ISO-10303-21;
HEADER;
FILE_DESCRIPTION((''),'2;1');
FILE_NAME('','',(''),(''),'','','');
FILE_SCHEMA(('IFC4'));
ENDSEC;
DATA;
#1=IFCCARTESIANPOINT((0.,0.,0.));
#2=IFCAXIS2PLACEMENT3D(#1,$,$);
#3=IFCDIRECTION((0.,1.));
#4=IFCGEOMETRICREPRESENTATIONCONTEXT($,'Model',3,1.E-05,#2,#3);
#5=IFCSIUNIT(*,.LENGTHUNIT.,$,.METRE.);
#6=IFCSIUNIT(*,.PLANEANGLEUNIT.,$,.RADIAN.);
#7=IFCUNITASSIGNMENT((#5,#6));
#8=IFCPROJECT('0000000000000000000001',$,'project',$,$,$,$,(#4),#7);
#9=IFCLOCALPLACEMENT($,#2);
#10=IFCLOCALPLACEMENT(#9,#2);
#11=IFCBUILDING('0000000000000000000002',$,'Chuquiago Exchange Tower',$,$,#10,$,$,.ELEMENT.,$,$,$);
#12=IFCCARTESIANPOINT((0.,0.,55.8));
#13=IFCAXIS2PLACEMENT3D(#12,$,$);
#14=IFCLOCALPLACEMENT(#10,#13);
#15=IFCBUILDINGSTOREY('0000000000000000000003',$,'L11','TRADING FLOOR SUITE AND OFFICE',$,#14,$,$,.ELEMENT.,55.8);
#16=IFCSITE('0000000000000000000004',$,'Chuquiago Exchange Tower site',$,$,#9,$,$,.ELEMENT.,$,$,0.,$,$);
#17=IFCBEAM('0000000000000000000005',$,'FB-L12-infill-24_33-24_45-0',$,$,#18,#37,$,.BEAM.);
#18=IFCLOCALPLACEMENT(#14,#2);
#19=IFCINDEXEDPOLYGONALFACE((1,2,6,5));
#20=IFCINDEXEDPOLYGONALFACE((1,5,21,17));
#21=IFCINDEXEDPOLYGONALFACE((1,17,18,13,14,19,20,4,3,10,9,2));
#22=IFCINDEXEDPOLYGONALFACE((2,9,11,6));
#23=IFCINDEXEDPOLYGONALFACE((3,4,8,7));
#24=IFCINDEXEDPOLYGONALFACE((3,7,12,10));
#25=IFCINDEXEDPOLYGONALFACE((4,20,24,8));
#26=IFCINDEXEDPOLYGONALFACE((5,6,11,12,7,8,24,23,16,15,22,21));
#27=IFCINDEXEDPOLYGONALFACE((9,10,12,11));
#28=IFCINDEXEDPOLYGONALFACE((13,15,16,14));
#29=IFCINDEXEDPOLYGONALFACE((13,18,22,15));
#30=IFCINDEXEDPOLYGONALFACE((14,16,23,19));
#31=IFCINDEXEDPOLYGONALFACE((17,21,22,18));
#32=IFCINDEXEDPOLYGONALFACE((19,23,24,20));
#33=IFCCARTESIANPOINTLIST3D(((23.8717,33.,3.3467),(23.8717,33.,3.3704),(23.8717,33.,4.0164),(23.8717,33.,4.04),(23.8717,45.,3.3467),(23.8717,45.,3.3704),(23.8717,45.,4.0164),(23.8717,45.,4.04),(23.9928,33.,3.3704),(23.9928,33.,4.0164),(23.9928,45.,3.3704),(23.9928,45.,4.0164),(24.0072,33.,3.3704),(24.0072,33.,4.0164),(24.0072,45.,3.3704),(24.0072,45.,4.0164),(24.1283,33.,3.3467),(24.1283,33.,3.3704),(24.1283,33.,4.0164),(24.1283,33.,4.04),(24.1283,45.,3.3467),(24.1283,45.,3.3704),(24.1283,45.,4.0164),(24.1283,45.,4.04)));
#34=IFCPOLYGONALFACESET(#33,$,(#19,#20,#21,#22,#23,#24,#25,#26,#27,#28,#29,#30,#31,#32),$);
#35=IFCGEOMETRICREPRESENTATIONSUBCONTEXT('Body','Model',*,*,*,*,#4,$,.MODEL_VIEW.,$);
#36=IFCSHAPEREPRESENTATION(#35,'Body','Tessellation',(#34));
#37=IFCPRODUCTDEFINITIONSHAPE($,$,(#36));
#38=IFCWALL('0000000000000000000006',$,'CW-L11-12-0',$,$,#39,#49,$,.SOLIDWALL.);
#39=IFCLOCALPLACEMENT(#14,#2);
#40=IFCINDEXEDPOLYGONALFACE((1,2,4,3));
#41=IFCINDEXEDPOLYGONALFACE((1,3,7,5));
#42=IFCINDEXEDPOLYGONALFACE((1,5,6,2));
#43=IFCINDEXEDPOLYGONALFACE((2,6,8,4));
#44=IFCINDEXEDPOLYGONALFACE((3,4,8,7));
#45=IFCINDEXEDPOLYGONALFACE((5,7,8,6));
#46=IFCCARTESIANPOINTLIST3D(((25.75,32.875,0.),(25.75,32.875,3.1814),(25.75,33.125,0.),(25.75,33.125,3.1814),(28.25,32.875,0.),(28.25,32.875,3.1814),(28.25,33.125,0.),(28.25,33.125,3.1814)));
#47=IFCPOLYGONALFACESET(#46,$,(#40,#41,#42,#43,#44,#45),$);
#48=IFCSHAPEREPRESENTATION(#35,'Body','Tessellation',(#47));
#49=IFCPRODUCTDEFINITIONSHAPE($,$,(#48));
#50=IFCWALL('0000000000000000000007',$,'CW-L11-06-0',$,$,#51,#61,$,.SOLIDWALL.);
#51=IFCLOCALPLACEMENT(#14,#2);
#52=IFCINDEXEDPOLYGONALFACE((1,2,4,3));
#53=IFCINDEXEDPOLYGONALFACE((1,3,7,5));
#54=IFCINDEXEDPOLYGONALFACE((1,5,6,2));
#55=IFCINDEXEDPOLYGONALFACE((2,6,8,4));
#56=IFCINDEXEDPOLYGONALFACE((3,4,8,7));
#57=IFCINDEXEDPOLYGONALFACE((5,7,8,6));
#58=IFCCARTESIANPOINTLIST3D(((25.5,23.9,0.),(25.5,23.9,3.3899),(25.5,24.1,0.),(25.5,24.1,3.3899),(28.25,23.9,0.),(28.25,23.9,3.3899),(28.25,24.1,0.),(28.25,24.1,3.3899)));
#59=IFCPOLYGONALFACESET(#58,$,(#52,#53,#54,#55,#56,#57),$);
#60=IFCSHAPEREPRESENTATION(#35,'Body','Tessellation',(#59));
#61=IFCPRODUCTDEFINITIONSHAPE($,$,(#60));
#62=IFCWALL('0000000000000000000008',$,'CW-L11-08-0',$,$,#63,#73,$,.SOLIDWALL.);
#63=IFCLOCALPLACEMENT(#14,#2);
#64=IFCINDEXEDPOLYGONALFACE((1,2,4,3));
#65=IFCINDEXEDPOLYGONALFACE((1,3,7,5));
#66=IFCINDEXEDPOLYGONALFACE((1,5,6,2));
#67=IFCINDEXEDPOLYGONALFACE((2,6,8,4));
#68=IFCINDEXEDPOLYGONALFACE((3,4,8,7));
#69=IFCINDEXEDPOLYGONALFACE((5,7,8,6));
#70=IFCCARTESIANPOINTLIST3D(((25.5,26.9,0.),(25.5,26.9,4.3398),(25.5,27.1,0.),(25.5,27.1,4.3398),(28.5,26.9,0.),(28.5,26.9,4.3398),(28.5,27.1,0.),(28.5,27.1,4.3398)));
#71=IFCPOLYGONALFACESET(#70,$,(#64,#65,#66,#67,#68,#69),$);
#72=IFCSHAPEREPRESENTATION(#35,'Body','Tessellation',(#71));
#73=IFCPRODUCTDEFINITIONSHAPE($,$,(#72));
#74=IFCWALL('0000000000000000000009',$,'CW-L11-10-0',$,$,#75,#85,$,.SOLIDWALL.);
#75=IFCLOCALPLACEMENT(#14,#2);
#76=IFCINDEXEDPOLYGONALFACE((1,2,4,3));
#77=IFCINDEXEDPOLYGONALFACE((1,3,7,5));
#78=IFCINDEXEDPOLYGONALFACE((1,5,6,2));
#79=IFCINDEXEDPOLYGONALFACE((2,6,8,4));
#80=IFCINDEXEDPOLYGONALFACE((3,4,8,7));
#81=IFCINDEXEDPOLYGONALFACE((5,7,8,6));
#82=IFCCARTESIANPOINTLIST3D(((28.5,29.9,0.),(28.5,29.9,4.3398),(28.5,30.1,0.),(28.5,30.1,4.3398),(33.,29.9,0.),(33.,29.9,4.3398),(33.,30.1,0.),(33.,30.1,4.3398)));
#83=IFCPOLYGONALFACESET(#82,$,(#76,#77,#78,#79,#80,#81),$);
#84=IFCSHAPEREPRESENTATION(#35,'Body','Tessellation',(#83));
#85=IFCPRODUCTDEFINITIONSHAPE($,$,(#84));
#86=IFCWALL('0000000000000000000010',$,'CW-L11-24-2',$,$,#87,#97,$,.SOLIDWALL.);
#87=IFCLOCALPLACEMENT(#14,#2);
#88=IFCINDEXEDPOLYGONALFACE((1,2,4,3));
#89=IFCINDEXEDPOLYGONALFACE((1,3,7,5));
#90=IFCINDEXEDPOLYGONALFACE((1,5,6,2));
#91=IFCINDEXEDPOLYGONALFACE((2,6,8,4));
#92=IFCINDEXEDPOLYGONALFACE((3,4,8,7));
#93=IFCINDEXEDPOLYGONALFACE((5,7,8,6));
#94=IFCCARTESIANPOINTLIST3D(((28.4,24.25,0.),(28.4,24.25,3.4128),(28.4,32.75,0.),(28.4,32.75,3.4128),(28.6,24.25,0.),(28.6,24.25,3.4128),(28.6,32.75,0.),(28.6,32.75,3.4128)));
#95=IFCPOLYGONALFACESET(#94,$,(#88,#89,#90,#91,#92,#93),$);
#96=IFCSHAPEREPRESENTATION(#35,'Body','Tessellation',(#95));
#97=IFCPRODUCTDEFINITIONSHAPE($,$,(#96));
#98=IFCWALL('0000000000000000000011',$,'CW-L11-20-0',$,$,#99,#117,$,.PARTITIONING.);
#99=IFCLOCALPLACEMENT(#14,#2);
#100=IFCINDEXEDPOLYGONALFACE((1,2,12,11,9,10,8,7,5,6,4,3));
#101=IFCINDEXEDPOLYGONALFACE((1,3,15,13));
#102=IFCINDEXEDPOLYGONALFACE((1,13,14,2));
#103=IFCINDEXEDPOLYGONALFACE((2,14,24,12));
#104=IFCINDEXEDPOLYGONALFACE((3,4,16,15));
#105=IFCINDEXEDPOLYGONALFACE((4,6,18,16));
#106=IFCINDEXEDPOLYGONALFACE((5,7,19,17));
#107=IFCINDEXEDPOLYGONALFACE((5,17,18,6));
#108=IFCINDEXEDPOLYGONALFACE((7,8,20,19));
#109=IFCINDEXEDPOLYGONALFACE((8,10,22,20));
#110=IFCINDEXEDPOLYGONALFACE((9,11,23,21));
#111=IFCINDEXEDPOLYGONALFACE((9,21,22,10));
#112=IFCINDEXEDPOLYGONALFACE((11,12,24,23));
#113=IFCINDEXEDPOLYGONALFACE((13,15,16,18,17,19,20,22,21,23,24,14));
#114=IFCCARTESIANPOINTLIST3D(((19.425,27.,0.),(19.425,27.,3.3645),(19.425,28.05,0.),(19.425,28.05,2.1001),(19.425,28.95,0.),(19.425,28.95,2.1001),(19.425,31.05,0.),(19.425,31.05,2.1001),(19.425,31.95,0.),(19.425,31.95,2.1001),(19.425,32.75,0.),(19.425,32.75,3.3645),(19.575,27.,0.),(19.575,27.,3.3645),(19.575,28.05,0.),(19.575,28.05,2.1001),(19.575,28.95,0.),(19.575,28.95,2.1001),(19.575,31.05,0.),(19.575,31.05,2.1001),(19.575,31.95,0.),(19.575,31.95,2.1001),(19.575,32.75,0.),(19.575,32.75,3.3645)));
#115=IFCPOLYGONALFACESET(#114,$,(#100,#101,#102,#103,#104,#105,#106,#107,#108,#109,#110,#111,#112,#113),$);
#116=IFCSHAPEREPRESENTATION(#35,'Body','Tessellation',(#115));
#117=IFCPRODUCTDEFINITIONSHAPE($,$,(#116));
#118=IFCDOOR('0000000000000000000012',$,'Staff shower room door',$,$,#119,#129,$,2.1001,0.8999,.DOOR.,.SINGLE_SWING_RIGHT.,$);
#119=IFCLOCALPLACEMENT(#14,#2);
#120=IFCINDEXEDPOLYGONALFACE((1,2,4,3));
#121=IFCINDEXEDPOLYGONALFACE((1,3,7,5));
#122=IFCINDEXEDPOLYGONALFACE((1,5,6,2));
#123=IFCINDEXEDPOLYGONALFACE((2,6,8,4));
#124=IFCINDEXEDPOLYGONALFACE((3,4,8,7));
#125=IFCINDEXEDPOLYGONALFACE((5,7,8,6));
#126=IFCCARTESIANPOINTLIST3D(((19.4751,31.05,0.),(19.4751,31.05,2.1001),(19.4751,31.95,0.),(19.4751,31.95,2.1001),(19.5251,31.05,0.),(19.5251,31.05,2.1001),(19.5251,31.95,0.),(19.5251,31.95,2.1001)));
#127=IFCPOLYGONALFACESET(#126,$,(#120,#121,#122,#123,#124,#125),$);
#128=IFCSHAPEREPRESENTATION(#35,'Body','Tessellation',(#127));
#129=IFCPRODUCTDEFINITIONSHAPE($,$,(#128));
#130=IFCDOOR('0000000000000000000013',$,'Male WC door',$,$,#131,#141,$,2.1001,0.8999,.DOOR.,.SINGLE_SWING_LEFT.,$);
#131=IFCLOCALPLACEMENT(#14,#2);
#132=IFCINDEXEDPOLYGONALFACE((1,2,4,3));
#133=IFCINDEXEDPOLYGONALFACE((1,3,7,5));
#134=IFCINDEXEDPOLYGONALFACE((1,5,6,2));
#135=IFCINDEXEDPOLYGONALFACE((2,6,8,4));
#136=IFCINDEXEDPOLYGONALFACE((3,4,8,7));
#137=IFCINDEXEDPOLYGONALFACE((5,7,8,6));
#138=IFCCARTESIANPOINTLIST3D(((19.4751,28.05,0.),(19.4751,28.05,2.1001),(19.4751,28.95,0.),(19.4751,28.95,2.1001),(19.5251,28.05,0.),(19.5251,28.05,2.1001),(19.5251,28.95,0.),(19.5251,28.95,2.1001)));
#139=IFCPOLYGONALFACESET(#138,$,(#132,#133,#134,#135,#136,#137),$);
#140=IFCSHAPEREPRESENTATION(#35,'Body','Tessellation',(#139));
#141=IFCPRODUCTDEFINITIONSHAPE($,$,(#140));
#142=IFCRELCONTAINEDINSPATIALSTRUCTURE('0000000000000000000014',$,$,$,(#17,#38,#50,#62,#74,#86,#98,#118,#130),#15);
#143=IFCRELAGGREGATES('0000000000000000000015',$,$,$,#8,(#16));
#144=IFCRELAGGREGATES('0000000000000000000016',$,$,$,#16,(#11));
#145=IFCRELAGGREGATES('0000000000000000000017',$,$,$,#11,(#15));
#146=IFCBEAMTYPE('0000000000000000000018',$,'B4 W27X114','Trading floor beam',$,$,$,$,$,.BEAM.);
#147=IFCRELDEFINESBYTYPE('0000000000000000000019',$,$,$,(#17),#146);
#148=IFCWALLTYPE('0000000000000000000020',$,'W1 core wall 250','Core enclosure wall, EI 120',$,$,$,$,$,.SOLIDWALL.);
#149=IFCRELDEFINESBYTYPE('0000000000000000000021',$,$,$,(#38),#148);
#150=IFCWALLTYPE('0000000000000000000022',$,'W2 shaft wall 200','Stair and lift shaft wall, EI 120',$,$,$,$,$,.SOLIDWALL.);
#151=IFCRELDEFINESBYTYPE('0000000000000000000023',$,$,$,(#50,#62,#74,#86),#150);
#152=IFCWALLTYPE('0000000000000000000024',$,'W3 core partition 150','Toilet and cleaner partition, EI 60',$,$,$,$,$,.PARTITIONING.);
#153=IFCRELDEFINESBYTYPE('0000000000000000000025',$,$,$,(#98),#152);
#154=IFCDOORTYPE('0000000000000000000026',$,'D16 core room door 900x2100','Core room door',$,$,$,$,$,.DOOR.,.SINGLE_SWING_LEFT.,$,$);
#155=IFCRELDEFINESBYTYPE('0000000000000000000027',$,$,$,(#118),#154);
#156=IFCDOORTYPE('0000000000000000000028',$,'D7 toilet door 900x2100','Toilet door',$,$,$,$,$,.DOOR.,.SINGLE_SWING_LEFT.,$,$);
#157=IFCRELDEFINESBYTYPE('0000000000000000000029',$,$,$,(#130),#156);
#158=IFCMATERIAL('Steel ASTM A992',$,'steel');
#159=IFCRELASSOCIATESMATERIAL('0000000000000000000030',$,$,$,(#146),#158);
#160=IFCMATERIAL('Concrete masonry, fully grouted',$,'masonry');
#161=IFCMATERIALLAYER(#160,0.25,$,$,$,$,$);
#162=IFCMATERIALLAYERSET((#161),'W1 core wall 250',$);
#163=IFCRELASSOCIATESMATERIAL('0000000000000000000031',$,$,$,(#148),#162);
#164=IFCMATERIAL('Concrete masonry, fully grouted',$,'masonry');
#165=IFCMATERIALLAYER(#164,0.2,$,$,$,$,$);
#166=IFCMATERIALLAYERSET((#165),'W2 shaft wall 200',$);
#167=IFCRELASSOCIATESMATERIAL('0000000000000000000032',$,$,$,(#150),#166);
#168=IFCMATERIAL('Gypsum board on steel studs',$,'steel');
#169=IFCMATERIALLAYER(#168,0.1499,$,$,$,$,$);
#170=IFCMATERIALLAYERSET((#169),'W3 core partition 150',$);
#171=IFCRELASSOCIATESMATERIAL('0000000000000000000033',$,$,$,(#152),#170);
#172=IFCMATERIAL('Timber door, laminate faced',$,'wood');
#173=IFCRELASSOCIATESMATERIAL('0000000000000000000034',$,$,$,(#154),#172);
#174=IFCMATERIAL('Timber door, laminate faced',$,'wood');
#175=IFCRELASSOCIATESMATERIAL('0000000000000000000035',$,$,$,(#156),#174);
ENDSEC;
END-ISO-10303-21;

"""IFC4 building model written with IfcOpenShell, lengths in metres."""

from ifc_helpers import new_model, si_unit, direction, frame, frame_2d, origin, origin_2d, place, context, subcontext, project, spatial, rectangle, i_section, extrude, material, layer, layer_set, material_profile, profile_set, type_object, element, fill, save


model = new_model("IFC4")

# Units and contexts
model_context = context("Model", 3, precision=1e-05, world=origin(), true_north=direction((0.0, 1.0)))
body_context = subcontext(model_context, "Body", "Model", "MODEL_VIEW")
ifc_project = project(units=[si_unit("LENGTHUNIT", "METRE"), si_unit("PLANEANGLEUNIT", "RADIAN")], contexts=[model_context])

# Site, building, storey
site_placement = place(None, origin())
site = spatial("IfcSite", under=ifc_project, at=site_placement, Name="Chuquiago Exchange Tower site", CompositionType="ELEMENT", RefElevation=0.0)
building_placement = place(site_placement, origin())
building = spatial("IfcBuilding", under=site, at=building_placement, Name="Chuquiago Exchange Tower", CompositionType="ELEMENT")
storey_placement = place(building_placement, frame((0.0, 0.0, 55.8)))
storey = spatial("IfcBuildingStorey", under=building, at=storey_placement, Name="L11", Description="TRADING FLOOR SUITE AND OFFICE", CompositionType="ELEMENT", Elevation=55.8)

# Beam
ifc_material_1 = material(Name="Steel ASTM A992", Category="steel")
ifc_material_profile_1 = material_profile(ifc_material_1, i_section(OverallWidth=0.2566, OverallDepth=0.6934, WebThickness=0.0144, FlangeThickness=0.0237, at=origin_2d()), Name="W27X114")
ifc_profile_set_1 = profile_set([ifc_material_profile_1], Name="Steel ASTM A992")
beam_type_1 = type_object("IfcBeamType", Name="B4 W27X114", Description="Trading floor beam", PredefinedType="BEAM", material=ifc_profile_set_1)
for number, where, z_axis, x_axis, name in (
    (1, (24.0, 33.0, 3.6934), (0.0, 1.0, 0.0), (-1.0, 0.0, 0.0), "FB-L12-infill-24_33-24_45-0"),
):
    element("IfcBeam", number, at=place(storey_placement, frame(where, z_axis=z_axis, x_axis=x_axis)), inside=storey, type_object=beam_type_1, Name=name, PredefinedType="BEAM", context=body_context, shape_type="SweptSolid", body=[
        extrude(i_section(OverallWidth=0.2566, OverallDepth=0.6934, WebThickness=0.0144, FlangeThickness=0.0237, at=origin_2d()), origin(), (0.0, 0.0, 1.0), 12.0),
    ])

# Walls
ifc_material_2 = material(Name="Concrete masonry, fully grouted", Category="masonry")
ifc_layer_1 = layer(ifc_material_2, 0.25)
ifc_layer_set_1 = layer_set([ifc_layer_1], Name="W1 core wall 250")
wall_type_1 = type_object("IfcWallType", Name="W1 core wall 250", Description="Core enclosure wall, EI 120", PredefinedType="SOLIDWALL", material=ifc_layer_set_1)
wall_1_placement = place(storey_placement, frame((25.75, 33.0, 0.0), z_axis=(0.0, 0.0, 1.0), x_axis=(1.0, 0.0, 0.0)))
element("IfcWall", 2, at=wall_1_placement, inside=storey, type_object=wall_type_1, Name="CW-L11-12-0", PredefinedType="SOLIDWALL", context=body_context, shape_type="SweptSolid", body=[
    extrude(rectangle(XDim=2.5, YDim=0.25, at=frame_2d((1.25, 0.0))), origin(), (0.0, 0.0, 1.0), 3.1814),
])
ifc_material_3 = material(Name="Concrete masonry, fully grouted", Category="masonry")
ifc_layer_2 = layer(ifc_material_3, 0.2)
ifc_layer_set_2 = layer_set([ifc_layer_2], Name="W2 shaft wall 200")
wall_type_2 = type_object("IfcWallType", Name="W2 shaft wall 200", Description="Stair and lift shaft wall, EI 120", PredefinedType="SOLIDWALL", material=ifc_layer_set_2)
wall_2_placement = place(storey_placement, frame((25.5, 24.0, 0.0), z_axis=(0.0, 0.0, 1.0), x_axis=(1.0, 0.0, 0.0)))
element("IfcWall", 3, at=wall_2_placement, inside=storey, type_object=wall_type_2, Name="CW-L11-06-0", PredefinedType="SOLIDWALL", context=body_context, shape_type="SweptSolid", body=[
    extrude(rectangle(XDim=2.75, YDim=0.2, at=frame_2d((1.375, 0.0))), origin(), (0.0, 0.0, 1.0), 3.3899),
])
wall_3_placement = place(storey_placement, frame((25.5, 27.0, 0.0), z_axis=(0.0, 0.0, 1.0), x_axis=(1.0, 0.0, 0.0)))
element("IfcWall", 4, at=wall_3_placement, inside=storey, type_object=wall_type_2, Name="CW-L11-08-0", PredefinedType="SOLIDWALL", context=body_context, shape_type="SweptSolid", body=[
    extrude(rectangle(XDim=3.0, YDim=0.2, at=frame_2d((1.5, 0.0))), origin(), (0.0, 0.0, 1.0), 4.3398),
])
wall_4_placement = place(storey_placement, frame((28.5, 30.0, 0.0), z_axis=(0.0, 0.0, 1.0), x_axis=(1.0, 0.0, 0.0)))
element("IfcWall", 5, at=wall_4_placement, inside=storey, type_object=wall_type_2, Name="CW-L11-10-0", PredefinedType="SOLIDWALL", context=body_context, shape_type="SweptSolid", body=[
    extrude(rectangle(XDim=4.5, YDim=0.2, at=frame_2d((2.25, 0.0))), origin(), (0.0, 0.0, 1.0), 4.3398),
])
wall_5_placement = place(storey_placement, frame((28.5, 24.25, 0.0), z_axis=(0.0, 0.0, 1.0), x_axis=(0.0, 1.0, 0.0)))
element("IfcWall", 6, at=wall_5_placement, inside=storey, type_object=wall_type_2, Name="CW-L11-24-2", PredefinedType="SOLIDWALL", context=body_context, shape_type="SweptSolid", body=[
    extrude(rectangle(XDim=8.5, YDim=0.2, at=frame_2d((4.25, 0.0))), origin(), (0.0, 0.0, 1.0), 3.4128),
])

# Wall, openings, doors
ifc_material_4 = material(Name="Gypsum board on steel studs", Category="steel")
ifc_layer_3 = layer(ifc_material_4, 0.1499)
ifc_layer_set_3 = layer_set([ifc_layer_3], Name="W3 core partition 150")
wall_type_3 = type_object("IfcWallType", Name="W3 core partition 150", Description="Toilet and cleaner partition, EI 60", PredefinedType="PARTITIONING", material=ifc_layer_set_3)
wall_6_placement = place(storey_placement, frame((19.5, 27.0, 0.0), z_axis=(0.0, 0.0, 1.0), x_axis=(0.0, 1.0, 0.0)))
wall_6 = element("IfcWall", 7, at=wall_6_placement, inside=storey, type_object=wall_type_3, Name="CW-L11-20-0", PredefinedType="PARTITIONING", context=body_context, shape_type="SweptSolid", body=[
    extrude(rectangle(XDim=5.75, YDim=0.1499, at=frame_2d((2.875, 0.0))), origin(), (0.0, 0.0, 1.0), 3.3645),
])
opening_1_placement = place(wall_6_placement, frame((1.05, 0.0, 0.0)))
opening_1 = element("IfcOpeningElement", 8, at=opening_1_placement, cuts=wall_6, PredefinedType="OPENING", context=body_context, shape_type="SweptSolid", body=[
    extrude(rectangle(XDim=0.8999, YDim=2.1001, at=frame_2d((0.45, 1.05))), frame((0.0, 0.085, 0.0), z_axis=(0.0, -1.0, 0.0), x_axis=(1.0, 0.0, 0.0)), (0.0, 0.0, 1.0), 0.1699),
])
opening_2_placement = place(wall_6_placement, frame((4.05, 0.0, 0.0)))
opening_2 = element("IfcOpeningElement", 9, at=opening_2_placement, cuts=wall_6, PredefinedType="OPENING", context=body_context, shape_type="SweptSolid", body=[
    extrude(rectangle(XDim=0.8999, YDim=2.1001, at=frame_2d((0.45, 1.05))), frame((0.0, 0.085, 0.0), z_axis=(0.0, -1.0, 0.0), x_axis=(1.0, 0.0, 0.0)), (0.0, 0.0, 1.0), 0.1699),
])
ifc_material_5 = material(Name="Timber door, laminate faced", Category="wood")
door_type_1 = type_object("IfcDoorType", Name="D16 core room door 900x2100", Description="Core room door", OperationType="SINGLE_SWING_LEFT", PredefinedType="DOOR", material=ifc_material_5)
door_1_placement = place(opening_2_placement, origin())
door_1 = element("IfcDoor", 10, at=door_1_placement, inside=storey, type_object=door_type_1, Name="Staff shower room door", OperationType="SINGLE_SWING_RIGHT", OverallHeight=2.1001, OverallWidth=0.8999, PredefinedType="DOOR", context=body_context, shape_type="SweptSolid", body=[
    extrude(rectangle(XDim=0.8999, YDim=2.1001, at=frame_2d((0.45, 1.05))), frame((0.0, 0.0249, 0.0), z_axis=(0.0, -1.0, 0.0), x_axis=(1.0, 0.0, 0.0)), (0.0, 0.0, 1.0), 0.05),
])
fill(opening_2, door_1)
ifc_material_6 = material(Name="Timber door, laminate faced", Category="wood")
door_type_2 = type_object("IfcDoorType", Name="D7 toilet door 900x2100", Description="Toilet door", OperationType="SINGLE_SWING_LEFT", PredefinedType="DOOR", material=ifc_material_6)
door_2_placement = place(opening_1_placement, origin())
door_2 = element("IfcDoor", 11, at=door_2_placement, inside=storey, type_object=door_type_2, Name="Male WC door", OperationType="SINGLE_SWING_LEFT", OverallHeight=2.1001, OverallWidth=0.8999, PredefinedType="DOOR", context=body_context, shape_type="SweptSolid", body=[
    extrude(rectangle(XDim=0.8999, YDim=2.1001, at=frame_2d((0.45, 1.05))), frame((0.0, 0.0249, 0.0), z_axis=(0.0, -1.0, 0.0), x_axis=(1.0, 0.0, 0.0)), (0.0, 0.0, 1.0), 0.05),
])
fill(opening_1, door_2)

save(model, "model.ifc")
